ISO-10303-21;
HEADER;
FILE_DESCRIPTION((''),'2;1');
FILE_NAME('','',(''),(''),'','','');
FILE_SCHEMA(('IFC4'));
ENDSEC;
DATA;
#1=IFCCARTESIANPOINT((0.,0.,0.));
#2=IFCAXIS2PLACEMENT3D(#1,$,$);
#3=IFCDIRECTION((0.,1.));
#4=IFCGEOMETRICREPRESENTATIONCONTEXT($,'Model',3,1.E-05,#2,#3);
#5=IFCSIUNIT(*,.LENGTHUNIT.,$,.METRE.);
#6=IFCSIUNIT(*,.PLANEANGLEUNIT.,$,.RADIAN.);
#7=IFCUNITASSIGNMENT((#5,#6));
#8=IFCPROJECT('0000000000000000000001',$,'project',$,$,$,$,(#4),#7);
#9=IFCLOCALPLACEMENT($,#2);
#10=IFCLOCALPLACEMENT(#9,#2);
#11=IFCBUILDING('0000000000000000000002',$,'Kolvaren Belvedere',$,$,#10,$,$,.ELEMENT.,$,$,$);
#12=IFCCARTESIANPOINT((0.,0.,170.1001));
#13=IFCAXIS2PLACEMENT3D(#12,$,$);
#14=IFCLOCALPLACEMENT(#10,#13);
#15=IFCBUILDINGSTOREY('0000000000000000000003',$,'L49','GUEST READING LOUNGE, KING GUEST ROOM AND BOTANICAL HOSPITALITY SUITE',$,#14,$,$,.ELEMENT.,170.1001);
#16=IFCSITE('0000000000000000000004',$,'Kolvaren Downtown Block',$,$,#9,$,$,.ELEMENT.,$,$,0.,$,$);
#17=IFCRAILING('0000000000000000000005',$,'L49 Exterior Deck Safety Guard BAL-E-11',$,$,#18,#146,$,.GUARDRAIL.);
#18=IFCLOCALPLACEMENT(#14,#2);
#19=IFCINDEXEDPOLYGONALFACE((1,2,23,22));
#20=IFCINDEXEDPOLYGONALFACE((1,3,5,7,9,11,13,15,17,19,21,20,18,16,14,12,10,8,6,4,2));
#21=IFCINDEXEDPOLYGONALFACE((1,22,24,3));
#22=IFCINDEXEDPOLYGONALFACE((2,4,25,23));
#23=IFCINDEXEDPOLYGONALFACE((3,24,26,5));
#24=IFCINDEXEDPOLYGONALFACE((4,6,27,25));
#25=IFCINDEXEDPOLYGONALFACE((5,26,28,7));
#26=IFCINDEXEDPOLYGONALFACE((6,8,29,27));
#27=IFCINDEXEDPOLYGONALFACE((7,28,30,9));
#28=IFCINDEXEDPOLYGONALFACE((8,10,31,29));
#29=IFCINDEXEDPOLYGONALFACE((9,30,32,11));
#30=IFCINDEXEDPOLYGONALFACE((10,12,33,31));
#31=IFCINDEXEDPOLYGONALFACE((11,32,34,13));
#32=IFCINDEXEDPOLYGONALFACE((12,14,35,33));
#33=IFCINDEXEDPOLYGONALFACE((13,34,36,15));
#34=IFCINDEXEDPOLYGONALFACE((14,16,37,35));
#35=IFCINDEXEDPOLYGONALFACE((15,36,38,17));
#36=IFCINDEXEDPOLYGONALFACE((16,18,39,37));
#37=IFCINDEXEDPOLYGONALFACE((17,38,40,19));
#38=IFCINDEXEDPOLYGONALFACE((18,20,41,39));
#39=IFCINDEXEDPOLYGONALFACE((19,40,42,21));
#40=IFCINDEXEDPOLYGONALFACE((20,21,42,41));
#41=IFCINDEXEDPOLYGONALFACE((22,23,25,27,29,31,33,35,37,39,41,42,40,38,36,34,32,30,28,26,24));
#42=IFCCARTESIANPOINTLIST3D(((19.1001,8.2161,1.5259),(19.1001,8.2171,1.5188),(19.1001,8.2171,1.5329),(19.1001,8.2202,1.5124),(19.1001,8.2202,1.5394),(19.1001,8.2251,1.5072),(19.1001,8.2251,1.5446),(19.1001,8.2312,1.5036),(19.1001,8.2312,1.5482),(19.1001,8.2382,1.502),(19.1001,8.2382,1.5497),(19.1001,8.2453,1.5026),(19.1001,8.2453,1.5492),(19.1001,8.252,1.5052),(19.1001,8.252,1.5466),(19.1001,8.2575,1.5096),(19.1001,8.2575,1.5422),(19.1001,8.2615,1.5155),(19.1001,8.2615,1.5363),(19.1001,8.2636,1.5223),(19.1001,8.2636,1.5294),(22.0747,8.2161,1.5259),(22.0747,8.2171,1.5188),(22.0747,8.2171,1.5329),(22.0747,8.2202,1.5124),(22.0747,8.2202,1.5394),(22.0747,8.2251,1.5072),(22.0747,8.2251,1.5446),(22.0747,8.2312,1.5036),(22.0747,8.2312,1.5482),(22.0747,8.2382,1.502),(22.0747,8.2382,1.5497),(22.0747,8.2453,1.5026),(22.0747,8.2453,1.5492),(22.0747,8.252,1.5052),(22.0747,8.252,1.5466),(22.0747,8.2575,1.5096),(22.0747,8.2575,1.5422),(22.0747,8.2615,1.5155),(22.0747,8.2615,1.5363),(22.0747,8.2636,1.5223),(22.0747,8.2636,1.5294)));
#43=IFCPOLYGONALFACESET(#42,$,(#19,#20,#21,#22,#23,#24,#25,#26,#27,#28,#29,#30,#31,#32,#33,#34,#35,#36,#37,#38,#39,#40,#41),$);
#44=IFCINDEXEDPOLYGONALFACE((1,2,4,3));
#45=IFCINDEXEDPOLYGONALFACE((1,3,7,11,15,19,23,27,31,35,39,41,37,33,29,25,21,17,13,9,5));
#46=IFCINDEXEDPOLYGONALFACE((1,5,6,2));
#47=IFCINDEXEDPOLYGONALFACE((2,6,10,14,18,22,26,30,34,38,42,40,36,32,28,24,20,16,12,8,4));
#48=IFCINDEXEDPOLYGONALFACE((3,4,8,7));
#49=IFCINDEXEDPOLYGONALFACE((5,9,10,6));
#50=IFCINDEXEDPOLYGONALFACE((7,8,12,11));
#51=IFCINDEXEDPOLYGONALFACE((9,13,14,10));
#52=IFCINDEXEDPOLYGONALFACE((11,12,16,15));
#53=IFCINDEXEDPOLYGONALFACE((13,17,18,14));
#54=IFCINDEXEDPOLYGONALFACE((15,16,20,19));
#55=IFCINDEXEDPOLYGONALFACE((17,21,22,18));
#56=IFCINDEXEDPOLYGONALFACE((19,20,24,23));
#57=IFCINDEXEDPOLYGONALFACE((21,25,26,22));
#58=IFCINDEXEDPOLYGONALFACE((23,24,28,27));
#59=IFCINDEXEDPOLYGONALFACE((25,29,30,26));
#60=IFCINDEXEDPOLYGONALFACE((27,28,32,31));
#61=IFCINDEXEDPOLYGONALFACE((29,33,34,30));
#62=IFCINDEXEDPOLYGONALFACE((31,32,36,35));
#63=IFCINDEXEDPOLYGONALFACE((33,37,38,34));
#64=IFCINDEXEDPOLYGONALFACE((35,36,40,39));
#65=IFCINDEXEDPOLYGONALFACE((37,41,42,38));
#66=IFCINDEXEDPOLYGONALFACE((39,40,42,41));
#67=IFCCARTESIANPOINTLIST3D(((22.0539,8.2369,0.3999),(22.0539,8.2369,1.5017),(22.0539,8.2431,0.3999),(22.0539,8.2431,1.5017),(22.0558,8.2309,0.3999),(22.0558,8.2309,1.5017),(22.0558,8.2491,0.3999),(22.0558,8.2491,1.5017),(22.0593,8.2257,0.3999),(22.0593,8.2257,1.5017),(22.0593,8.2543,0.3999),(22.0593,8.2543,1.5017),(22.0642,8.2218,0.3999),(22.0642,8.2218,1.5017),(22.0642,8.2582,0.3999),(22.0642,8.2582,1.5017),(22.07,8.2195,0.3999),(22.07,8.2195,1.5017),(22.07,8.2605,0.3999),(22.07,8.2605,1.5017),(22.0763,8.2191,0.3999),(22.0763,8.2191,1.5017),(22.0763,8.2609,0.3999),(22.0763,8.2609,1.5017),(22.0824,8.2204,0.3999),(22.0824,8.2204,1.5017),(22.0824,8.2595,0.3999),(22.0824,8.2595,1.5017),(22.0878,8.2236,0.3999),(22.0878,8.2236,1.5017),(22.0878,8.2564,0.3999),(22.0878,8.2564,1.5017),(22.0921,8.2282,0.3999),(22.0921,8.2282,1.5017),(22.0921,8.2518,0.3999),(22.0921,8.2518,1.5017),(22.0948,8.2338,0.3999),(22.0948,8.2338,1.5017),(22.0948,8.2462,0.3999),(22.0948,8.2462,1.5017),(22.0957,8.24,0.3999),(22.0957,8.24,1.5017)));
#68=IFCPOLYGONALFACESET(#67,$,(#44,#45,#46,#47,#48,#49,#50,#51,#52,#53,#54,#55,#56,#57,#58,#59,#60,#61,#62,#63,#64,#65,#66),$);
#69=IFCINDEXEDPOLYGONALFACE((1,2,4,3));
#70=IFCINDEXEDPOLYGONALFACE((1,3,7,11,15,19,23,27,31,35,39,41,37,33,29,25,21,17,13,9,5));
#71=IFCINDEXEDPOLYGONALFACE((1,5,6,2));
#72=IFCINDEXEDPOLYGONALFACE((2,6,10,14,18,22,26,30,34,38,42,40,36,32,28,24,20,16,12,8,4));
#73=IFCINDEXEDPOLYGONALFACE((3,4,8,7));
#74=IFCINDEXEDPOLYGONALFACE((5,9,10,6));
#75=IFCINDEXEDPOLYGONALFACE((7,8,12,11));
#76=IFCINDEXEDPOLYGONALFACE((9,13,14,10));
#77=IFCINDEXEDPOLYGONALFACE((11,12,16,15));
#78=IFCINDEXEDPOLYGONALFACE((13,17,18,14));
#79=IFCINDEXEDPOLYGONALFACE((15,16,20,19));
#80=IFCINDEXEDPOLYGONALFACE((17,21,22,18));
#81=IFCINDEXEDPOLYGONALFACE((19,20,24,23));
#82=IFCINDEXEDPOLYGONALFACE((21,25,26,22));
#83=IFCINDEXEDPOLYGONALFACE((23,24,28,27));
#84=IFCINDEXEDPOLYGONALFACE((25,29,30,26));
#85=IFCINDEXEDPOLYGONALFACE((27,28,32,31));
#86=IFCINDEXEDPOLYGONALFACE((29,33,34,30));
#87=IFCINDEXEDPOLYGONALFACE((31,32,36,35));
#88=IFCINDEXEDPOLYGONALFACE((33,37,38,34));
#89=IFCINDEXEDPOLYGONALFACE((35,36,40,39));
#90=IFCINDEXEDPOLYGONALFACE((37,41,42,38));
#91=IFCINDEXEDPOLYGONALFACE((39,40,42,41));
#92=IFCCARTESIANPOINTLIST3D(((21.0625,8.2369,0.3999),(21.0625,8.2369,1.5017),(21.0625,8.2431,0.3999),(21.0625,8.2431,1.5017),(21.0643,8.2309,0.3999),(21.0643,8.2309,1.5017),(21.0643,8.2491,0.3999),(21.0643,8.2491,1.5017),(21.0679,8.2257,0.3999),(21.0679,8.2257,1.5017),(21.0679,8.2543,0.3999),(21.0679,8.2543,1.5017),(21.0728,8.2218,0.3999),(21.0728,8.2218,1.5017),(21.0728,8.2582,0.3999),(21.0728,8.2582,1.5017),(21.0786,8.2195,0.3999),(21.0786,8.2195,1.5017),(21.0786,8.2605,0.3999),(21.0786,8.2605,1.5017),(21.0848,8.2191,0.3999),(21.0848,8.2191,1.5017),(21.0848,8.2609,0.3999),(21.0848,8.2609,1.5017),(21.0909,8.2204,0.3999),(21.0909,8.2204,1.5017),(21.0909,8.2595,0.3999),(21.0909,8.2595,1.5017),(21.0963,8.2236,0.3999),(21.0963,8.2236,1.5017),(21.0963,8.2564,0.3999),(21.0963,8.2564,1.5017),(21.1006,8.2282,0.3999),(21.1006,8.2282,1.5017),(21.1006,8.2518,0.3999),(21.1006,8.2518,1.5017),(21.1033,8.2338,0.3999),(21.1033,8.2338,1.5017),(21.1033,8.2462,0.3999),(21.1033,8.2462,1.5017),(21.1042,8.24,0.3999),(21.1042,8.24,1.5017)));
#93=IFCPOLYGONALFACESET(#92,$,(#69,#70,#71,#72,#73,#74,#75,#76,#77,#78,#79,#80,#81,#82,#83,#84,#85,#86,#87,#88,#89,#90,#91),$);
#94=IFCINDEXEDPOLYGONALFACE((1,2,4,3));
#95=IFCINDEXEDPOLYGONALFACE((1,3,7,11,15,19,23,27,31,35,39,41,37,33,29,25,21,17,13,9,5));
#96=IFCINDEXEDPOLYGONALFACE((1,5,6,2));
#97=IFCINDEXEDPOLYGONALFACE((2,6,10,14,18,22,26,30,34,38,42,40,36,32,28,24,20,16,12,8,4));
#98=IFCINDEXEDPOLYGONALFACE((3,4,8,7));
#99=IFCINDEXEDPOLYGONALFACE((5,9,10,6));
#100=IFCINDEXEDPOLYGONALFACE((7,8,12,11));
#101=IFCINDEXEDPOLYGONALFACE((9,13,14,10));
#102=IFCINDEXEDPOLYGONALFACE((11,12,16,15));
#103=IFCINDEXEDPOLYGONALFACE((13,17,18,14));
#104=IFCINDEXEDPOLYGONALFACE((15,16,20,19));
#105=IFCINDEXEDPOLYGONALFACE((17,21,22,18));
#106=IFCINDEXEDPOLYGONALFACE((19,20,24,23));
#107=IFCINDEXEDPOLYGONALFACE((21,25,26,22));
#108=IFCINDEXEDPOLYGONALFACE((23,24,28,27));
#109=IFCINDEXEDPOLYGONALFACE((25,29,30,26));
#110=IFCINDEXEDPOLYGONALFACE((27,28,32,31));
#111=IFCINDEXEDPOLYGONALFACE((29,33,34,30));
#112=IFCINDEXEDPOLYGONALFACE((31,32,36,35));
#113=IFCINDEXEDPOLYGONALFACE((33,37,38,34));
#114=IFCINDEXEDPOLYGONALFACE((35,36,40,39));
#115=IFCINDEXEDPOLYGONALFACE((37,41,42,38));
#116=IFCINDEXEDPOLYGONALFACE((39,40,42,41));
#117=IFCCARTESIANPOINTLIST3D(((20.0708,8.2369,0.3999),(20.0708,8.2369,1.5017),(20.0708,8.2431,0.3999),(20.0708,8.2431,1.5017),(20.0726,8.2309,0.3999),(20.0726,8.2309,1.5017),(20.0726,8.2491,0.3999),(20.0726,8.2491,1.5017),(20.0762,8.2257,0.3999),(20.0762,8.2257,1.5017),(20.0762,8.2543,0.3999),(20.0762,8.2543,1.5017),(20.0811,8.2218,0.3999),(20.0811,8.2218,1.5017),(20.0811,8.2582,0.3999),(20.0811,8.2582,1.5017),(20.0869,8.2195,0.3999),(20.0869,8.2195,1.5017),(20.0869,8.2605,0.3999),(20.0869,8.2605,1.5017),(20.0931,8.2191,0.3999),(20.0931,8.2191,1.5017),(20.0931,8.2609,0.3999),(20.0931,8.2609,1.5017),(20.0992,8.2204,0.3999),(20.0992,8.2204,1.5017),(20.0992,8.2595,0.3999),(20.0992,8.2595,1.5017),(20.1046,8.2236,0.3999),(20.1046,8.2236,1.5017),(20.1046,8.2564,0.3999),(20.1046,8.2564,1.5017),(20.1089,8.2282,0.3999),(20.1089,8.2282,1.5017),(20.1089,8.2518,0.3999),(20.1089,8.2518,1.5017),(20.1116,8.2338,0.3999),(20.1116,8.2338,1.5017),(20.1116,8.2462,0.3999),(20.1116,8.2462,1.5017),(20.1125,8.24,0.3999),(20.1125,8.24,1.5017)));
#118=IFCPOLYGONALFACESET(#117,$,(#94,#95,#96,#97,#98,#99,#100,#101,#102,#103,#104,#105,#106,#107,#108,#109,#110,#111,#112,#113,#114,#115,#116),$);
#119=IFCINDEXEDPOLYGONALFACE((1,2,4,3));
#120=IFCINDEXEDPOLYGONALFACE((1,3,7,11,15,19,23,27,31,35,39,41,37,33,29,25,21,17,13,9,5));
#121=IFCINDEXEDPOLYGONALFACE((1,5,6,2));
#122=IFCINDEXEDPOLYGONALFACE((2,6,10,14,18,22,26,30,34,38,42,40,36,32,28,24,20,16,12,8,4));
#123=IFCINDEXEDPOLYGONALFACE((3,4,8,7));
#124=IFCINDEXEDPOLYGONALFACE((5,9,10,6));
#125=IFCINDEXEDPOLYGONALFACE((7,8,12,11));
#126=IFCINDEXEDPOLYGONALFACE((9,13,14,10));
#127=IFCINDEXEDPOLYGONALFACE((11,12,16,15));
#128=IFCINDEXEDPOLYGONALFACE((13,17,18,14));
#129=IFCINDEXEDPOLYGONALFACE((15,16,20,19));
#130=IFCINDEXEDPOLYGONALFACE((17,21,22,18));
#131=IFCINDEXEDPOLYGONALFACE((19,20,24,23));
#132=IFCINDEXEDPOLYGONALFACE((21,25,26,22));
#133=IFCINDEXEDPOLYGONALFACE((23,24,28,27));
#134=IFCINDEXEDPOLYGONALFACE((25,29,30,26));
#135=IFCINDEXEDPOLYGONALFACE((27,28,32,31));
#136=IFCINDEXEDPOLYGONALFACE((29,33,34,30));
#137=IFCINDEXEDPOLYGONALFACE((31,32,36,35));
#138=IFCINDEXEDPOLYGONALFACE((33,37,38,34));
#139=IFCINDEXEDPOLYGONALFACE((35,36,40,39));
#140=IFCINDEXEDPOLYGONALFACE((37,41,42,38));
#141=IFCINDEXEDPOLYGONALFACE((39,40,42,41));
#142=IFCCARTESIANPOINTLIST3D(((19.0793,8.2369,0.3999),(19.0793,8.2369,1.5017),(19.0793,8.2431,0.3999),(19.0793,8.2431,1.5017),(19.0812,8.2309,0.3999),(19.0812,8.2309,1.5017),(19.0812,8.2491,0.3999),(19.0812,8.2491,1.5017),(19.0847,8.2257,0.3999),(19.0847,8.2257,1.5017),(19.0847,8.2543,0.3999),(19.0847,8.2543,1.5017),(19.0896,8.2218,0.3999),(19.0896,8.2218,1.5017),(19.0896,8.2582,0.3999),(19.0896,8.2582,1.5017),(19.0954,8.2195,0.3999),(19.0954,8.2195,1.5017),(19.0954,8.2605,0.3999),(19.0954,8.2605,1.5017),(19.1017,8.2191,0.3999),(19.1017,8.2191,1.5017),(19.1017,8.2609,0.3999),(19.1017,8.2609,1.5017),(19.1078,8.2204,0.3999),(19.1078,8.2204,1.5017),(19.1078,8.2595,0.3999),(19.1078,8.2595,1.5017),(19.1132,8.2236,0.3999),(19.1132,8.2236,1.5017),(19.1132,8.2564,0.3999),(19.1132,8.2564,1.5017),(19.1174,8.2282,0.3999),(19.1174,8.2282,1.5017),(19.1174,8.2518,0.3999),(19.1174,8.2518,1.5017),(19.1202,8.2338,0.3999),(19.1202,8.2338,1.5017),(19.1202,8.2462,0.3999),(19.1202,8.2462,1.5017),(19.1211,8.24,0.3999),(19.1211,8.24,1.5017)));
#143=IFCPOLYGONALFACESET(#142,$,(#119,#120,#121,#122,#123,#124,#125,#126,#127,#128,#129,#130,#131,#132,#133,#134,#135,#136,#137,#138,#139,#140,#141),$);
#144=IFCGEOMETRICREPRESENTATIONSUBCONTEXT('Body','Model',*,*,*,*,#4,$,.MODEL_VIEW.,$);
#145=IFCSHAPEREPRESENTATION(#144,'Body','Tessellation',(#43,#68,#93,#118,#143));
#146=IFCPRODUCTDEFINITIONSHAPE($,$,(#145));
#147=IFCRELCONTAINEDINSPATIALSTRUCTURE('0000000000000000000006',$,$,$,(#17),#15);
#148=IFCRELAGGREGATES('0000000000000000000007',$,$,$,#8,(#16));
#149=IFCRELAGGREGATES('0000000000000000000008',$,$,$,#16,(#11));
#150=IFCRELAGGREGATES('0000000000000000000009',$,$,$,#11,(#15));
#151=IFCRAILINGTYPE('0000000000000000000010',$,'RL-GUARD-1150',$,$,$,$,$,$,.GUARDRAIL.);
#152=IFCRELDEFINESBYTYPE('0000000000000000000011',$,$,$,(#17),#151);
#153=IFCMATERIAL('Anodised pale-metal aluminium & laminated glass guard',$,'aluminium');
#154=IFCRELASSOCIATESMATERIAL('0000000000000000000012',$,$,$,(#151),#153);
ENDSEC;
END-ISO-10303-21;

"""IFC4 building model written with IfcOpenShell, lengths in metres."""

from ifc_helpers import new_model, si_unit, direction, frame, origin, origin_2d, place, context, subcontext, project, spatial, circle, extrude, material, type_object, element, save


model = new_model("IFC4")

# Units and contexts
model_context = context("Model", 3, precision=1e-05, world=origin(), true_north=direction((0.0, 1.0)))
body_context = subcontext(model_context, "Body", "Model", "MODEL_VIEW")
ifc_project = project(units=[si_unit("LENGTHUNIT", "METRE"), si_unit("PLANEANGLEUNIT", "RADIAN")], contexts=[model_context])

# Site, building, storey
site_placement = place(None, origin())
site = spatial("IfcSite", under=ifc_project, at=site_placement, Name="Kolvaren Downtown Block", CompositionType="ELEMENT", RefElevation=0.0)
building_placement = place(site_placement, origin())
building = spatial("IfcBuilding", under=site, at=building_placement, Name="Kolvaren Belvedere", CompositionType="ELEMENT")
storey_placement = place(building_placement, frame((0.0, 0.0, 170.1001)))
storey = spatial("IfcBuildingStorey", under=building, at=storey_placement, Name="L49", Description="GUEST READING LOUNGE, KING GUEST ROOM AND BOTANICAL HOSPITALITY SUITE", CompositionType="ELEMENT", Elevation=170.1001)

# Railing
ifc_material_1 = material(Name="Anodised pale-metal aluminium & laminated glass guard", Category="aluminium")
railing_type = type_object("IfcRailingType", Name="RL-GUARD-1150", PredefinedType="GUARDRAIL", material=ifc_material_1)
railing_1_placement = place(storey_placement, frame((22.0747, 8.24, 0.3999)))
element("IfcRailing", 1, at=railing_1_placement, inside=storey, type_object=railing_type, Name="L49 Exterior Deck Safety Guard BAL-E-11", PredefinedType="GUARDRAIL", context=body_context, shape_type="SweptSolid", body=[
    extrude(circle(Radius=0.0239, at=origin_2d()), frame((0.0, 0.0, 1.126), z_axis=(-1.0, 0.0, 0.0), x_axis=(0.0, -1.0, 0.0)), (0.0, 0.0, 1.0), 2.9746),
    extrude(circle(Radius=0.021, at=origin_2d()), origin(), (0.0, 0.0, 1.0), 1.1018),
    extrude(circle(Radius=0.021, at=origin_2d()), frame((-0.9915, 0.0, 0.0)), (0.0, 0.0, 1.0), 1.1018),
    extrude(circle(Radius=0.021, at=origin_2d()), frame((-1.9832, 0.0, 0.0)), (0.0, 0.0, 1.0), 1.1018),
    extrude(circle(Radius=0.021, at=origin_2d()), frame((-2.9746, 0.0, 0.0)), (0.0, 0.0, 1.0), 1.1018),
])

save(model, "model.ifc")
